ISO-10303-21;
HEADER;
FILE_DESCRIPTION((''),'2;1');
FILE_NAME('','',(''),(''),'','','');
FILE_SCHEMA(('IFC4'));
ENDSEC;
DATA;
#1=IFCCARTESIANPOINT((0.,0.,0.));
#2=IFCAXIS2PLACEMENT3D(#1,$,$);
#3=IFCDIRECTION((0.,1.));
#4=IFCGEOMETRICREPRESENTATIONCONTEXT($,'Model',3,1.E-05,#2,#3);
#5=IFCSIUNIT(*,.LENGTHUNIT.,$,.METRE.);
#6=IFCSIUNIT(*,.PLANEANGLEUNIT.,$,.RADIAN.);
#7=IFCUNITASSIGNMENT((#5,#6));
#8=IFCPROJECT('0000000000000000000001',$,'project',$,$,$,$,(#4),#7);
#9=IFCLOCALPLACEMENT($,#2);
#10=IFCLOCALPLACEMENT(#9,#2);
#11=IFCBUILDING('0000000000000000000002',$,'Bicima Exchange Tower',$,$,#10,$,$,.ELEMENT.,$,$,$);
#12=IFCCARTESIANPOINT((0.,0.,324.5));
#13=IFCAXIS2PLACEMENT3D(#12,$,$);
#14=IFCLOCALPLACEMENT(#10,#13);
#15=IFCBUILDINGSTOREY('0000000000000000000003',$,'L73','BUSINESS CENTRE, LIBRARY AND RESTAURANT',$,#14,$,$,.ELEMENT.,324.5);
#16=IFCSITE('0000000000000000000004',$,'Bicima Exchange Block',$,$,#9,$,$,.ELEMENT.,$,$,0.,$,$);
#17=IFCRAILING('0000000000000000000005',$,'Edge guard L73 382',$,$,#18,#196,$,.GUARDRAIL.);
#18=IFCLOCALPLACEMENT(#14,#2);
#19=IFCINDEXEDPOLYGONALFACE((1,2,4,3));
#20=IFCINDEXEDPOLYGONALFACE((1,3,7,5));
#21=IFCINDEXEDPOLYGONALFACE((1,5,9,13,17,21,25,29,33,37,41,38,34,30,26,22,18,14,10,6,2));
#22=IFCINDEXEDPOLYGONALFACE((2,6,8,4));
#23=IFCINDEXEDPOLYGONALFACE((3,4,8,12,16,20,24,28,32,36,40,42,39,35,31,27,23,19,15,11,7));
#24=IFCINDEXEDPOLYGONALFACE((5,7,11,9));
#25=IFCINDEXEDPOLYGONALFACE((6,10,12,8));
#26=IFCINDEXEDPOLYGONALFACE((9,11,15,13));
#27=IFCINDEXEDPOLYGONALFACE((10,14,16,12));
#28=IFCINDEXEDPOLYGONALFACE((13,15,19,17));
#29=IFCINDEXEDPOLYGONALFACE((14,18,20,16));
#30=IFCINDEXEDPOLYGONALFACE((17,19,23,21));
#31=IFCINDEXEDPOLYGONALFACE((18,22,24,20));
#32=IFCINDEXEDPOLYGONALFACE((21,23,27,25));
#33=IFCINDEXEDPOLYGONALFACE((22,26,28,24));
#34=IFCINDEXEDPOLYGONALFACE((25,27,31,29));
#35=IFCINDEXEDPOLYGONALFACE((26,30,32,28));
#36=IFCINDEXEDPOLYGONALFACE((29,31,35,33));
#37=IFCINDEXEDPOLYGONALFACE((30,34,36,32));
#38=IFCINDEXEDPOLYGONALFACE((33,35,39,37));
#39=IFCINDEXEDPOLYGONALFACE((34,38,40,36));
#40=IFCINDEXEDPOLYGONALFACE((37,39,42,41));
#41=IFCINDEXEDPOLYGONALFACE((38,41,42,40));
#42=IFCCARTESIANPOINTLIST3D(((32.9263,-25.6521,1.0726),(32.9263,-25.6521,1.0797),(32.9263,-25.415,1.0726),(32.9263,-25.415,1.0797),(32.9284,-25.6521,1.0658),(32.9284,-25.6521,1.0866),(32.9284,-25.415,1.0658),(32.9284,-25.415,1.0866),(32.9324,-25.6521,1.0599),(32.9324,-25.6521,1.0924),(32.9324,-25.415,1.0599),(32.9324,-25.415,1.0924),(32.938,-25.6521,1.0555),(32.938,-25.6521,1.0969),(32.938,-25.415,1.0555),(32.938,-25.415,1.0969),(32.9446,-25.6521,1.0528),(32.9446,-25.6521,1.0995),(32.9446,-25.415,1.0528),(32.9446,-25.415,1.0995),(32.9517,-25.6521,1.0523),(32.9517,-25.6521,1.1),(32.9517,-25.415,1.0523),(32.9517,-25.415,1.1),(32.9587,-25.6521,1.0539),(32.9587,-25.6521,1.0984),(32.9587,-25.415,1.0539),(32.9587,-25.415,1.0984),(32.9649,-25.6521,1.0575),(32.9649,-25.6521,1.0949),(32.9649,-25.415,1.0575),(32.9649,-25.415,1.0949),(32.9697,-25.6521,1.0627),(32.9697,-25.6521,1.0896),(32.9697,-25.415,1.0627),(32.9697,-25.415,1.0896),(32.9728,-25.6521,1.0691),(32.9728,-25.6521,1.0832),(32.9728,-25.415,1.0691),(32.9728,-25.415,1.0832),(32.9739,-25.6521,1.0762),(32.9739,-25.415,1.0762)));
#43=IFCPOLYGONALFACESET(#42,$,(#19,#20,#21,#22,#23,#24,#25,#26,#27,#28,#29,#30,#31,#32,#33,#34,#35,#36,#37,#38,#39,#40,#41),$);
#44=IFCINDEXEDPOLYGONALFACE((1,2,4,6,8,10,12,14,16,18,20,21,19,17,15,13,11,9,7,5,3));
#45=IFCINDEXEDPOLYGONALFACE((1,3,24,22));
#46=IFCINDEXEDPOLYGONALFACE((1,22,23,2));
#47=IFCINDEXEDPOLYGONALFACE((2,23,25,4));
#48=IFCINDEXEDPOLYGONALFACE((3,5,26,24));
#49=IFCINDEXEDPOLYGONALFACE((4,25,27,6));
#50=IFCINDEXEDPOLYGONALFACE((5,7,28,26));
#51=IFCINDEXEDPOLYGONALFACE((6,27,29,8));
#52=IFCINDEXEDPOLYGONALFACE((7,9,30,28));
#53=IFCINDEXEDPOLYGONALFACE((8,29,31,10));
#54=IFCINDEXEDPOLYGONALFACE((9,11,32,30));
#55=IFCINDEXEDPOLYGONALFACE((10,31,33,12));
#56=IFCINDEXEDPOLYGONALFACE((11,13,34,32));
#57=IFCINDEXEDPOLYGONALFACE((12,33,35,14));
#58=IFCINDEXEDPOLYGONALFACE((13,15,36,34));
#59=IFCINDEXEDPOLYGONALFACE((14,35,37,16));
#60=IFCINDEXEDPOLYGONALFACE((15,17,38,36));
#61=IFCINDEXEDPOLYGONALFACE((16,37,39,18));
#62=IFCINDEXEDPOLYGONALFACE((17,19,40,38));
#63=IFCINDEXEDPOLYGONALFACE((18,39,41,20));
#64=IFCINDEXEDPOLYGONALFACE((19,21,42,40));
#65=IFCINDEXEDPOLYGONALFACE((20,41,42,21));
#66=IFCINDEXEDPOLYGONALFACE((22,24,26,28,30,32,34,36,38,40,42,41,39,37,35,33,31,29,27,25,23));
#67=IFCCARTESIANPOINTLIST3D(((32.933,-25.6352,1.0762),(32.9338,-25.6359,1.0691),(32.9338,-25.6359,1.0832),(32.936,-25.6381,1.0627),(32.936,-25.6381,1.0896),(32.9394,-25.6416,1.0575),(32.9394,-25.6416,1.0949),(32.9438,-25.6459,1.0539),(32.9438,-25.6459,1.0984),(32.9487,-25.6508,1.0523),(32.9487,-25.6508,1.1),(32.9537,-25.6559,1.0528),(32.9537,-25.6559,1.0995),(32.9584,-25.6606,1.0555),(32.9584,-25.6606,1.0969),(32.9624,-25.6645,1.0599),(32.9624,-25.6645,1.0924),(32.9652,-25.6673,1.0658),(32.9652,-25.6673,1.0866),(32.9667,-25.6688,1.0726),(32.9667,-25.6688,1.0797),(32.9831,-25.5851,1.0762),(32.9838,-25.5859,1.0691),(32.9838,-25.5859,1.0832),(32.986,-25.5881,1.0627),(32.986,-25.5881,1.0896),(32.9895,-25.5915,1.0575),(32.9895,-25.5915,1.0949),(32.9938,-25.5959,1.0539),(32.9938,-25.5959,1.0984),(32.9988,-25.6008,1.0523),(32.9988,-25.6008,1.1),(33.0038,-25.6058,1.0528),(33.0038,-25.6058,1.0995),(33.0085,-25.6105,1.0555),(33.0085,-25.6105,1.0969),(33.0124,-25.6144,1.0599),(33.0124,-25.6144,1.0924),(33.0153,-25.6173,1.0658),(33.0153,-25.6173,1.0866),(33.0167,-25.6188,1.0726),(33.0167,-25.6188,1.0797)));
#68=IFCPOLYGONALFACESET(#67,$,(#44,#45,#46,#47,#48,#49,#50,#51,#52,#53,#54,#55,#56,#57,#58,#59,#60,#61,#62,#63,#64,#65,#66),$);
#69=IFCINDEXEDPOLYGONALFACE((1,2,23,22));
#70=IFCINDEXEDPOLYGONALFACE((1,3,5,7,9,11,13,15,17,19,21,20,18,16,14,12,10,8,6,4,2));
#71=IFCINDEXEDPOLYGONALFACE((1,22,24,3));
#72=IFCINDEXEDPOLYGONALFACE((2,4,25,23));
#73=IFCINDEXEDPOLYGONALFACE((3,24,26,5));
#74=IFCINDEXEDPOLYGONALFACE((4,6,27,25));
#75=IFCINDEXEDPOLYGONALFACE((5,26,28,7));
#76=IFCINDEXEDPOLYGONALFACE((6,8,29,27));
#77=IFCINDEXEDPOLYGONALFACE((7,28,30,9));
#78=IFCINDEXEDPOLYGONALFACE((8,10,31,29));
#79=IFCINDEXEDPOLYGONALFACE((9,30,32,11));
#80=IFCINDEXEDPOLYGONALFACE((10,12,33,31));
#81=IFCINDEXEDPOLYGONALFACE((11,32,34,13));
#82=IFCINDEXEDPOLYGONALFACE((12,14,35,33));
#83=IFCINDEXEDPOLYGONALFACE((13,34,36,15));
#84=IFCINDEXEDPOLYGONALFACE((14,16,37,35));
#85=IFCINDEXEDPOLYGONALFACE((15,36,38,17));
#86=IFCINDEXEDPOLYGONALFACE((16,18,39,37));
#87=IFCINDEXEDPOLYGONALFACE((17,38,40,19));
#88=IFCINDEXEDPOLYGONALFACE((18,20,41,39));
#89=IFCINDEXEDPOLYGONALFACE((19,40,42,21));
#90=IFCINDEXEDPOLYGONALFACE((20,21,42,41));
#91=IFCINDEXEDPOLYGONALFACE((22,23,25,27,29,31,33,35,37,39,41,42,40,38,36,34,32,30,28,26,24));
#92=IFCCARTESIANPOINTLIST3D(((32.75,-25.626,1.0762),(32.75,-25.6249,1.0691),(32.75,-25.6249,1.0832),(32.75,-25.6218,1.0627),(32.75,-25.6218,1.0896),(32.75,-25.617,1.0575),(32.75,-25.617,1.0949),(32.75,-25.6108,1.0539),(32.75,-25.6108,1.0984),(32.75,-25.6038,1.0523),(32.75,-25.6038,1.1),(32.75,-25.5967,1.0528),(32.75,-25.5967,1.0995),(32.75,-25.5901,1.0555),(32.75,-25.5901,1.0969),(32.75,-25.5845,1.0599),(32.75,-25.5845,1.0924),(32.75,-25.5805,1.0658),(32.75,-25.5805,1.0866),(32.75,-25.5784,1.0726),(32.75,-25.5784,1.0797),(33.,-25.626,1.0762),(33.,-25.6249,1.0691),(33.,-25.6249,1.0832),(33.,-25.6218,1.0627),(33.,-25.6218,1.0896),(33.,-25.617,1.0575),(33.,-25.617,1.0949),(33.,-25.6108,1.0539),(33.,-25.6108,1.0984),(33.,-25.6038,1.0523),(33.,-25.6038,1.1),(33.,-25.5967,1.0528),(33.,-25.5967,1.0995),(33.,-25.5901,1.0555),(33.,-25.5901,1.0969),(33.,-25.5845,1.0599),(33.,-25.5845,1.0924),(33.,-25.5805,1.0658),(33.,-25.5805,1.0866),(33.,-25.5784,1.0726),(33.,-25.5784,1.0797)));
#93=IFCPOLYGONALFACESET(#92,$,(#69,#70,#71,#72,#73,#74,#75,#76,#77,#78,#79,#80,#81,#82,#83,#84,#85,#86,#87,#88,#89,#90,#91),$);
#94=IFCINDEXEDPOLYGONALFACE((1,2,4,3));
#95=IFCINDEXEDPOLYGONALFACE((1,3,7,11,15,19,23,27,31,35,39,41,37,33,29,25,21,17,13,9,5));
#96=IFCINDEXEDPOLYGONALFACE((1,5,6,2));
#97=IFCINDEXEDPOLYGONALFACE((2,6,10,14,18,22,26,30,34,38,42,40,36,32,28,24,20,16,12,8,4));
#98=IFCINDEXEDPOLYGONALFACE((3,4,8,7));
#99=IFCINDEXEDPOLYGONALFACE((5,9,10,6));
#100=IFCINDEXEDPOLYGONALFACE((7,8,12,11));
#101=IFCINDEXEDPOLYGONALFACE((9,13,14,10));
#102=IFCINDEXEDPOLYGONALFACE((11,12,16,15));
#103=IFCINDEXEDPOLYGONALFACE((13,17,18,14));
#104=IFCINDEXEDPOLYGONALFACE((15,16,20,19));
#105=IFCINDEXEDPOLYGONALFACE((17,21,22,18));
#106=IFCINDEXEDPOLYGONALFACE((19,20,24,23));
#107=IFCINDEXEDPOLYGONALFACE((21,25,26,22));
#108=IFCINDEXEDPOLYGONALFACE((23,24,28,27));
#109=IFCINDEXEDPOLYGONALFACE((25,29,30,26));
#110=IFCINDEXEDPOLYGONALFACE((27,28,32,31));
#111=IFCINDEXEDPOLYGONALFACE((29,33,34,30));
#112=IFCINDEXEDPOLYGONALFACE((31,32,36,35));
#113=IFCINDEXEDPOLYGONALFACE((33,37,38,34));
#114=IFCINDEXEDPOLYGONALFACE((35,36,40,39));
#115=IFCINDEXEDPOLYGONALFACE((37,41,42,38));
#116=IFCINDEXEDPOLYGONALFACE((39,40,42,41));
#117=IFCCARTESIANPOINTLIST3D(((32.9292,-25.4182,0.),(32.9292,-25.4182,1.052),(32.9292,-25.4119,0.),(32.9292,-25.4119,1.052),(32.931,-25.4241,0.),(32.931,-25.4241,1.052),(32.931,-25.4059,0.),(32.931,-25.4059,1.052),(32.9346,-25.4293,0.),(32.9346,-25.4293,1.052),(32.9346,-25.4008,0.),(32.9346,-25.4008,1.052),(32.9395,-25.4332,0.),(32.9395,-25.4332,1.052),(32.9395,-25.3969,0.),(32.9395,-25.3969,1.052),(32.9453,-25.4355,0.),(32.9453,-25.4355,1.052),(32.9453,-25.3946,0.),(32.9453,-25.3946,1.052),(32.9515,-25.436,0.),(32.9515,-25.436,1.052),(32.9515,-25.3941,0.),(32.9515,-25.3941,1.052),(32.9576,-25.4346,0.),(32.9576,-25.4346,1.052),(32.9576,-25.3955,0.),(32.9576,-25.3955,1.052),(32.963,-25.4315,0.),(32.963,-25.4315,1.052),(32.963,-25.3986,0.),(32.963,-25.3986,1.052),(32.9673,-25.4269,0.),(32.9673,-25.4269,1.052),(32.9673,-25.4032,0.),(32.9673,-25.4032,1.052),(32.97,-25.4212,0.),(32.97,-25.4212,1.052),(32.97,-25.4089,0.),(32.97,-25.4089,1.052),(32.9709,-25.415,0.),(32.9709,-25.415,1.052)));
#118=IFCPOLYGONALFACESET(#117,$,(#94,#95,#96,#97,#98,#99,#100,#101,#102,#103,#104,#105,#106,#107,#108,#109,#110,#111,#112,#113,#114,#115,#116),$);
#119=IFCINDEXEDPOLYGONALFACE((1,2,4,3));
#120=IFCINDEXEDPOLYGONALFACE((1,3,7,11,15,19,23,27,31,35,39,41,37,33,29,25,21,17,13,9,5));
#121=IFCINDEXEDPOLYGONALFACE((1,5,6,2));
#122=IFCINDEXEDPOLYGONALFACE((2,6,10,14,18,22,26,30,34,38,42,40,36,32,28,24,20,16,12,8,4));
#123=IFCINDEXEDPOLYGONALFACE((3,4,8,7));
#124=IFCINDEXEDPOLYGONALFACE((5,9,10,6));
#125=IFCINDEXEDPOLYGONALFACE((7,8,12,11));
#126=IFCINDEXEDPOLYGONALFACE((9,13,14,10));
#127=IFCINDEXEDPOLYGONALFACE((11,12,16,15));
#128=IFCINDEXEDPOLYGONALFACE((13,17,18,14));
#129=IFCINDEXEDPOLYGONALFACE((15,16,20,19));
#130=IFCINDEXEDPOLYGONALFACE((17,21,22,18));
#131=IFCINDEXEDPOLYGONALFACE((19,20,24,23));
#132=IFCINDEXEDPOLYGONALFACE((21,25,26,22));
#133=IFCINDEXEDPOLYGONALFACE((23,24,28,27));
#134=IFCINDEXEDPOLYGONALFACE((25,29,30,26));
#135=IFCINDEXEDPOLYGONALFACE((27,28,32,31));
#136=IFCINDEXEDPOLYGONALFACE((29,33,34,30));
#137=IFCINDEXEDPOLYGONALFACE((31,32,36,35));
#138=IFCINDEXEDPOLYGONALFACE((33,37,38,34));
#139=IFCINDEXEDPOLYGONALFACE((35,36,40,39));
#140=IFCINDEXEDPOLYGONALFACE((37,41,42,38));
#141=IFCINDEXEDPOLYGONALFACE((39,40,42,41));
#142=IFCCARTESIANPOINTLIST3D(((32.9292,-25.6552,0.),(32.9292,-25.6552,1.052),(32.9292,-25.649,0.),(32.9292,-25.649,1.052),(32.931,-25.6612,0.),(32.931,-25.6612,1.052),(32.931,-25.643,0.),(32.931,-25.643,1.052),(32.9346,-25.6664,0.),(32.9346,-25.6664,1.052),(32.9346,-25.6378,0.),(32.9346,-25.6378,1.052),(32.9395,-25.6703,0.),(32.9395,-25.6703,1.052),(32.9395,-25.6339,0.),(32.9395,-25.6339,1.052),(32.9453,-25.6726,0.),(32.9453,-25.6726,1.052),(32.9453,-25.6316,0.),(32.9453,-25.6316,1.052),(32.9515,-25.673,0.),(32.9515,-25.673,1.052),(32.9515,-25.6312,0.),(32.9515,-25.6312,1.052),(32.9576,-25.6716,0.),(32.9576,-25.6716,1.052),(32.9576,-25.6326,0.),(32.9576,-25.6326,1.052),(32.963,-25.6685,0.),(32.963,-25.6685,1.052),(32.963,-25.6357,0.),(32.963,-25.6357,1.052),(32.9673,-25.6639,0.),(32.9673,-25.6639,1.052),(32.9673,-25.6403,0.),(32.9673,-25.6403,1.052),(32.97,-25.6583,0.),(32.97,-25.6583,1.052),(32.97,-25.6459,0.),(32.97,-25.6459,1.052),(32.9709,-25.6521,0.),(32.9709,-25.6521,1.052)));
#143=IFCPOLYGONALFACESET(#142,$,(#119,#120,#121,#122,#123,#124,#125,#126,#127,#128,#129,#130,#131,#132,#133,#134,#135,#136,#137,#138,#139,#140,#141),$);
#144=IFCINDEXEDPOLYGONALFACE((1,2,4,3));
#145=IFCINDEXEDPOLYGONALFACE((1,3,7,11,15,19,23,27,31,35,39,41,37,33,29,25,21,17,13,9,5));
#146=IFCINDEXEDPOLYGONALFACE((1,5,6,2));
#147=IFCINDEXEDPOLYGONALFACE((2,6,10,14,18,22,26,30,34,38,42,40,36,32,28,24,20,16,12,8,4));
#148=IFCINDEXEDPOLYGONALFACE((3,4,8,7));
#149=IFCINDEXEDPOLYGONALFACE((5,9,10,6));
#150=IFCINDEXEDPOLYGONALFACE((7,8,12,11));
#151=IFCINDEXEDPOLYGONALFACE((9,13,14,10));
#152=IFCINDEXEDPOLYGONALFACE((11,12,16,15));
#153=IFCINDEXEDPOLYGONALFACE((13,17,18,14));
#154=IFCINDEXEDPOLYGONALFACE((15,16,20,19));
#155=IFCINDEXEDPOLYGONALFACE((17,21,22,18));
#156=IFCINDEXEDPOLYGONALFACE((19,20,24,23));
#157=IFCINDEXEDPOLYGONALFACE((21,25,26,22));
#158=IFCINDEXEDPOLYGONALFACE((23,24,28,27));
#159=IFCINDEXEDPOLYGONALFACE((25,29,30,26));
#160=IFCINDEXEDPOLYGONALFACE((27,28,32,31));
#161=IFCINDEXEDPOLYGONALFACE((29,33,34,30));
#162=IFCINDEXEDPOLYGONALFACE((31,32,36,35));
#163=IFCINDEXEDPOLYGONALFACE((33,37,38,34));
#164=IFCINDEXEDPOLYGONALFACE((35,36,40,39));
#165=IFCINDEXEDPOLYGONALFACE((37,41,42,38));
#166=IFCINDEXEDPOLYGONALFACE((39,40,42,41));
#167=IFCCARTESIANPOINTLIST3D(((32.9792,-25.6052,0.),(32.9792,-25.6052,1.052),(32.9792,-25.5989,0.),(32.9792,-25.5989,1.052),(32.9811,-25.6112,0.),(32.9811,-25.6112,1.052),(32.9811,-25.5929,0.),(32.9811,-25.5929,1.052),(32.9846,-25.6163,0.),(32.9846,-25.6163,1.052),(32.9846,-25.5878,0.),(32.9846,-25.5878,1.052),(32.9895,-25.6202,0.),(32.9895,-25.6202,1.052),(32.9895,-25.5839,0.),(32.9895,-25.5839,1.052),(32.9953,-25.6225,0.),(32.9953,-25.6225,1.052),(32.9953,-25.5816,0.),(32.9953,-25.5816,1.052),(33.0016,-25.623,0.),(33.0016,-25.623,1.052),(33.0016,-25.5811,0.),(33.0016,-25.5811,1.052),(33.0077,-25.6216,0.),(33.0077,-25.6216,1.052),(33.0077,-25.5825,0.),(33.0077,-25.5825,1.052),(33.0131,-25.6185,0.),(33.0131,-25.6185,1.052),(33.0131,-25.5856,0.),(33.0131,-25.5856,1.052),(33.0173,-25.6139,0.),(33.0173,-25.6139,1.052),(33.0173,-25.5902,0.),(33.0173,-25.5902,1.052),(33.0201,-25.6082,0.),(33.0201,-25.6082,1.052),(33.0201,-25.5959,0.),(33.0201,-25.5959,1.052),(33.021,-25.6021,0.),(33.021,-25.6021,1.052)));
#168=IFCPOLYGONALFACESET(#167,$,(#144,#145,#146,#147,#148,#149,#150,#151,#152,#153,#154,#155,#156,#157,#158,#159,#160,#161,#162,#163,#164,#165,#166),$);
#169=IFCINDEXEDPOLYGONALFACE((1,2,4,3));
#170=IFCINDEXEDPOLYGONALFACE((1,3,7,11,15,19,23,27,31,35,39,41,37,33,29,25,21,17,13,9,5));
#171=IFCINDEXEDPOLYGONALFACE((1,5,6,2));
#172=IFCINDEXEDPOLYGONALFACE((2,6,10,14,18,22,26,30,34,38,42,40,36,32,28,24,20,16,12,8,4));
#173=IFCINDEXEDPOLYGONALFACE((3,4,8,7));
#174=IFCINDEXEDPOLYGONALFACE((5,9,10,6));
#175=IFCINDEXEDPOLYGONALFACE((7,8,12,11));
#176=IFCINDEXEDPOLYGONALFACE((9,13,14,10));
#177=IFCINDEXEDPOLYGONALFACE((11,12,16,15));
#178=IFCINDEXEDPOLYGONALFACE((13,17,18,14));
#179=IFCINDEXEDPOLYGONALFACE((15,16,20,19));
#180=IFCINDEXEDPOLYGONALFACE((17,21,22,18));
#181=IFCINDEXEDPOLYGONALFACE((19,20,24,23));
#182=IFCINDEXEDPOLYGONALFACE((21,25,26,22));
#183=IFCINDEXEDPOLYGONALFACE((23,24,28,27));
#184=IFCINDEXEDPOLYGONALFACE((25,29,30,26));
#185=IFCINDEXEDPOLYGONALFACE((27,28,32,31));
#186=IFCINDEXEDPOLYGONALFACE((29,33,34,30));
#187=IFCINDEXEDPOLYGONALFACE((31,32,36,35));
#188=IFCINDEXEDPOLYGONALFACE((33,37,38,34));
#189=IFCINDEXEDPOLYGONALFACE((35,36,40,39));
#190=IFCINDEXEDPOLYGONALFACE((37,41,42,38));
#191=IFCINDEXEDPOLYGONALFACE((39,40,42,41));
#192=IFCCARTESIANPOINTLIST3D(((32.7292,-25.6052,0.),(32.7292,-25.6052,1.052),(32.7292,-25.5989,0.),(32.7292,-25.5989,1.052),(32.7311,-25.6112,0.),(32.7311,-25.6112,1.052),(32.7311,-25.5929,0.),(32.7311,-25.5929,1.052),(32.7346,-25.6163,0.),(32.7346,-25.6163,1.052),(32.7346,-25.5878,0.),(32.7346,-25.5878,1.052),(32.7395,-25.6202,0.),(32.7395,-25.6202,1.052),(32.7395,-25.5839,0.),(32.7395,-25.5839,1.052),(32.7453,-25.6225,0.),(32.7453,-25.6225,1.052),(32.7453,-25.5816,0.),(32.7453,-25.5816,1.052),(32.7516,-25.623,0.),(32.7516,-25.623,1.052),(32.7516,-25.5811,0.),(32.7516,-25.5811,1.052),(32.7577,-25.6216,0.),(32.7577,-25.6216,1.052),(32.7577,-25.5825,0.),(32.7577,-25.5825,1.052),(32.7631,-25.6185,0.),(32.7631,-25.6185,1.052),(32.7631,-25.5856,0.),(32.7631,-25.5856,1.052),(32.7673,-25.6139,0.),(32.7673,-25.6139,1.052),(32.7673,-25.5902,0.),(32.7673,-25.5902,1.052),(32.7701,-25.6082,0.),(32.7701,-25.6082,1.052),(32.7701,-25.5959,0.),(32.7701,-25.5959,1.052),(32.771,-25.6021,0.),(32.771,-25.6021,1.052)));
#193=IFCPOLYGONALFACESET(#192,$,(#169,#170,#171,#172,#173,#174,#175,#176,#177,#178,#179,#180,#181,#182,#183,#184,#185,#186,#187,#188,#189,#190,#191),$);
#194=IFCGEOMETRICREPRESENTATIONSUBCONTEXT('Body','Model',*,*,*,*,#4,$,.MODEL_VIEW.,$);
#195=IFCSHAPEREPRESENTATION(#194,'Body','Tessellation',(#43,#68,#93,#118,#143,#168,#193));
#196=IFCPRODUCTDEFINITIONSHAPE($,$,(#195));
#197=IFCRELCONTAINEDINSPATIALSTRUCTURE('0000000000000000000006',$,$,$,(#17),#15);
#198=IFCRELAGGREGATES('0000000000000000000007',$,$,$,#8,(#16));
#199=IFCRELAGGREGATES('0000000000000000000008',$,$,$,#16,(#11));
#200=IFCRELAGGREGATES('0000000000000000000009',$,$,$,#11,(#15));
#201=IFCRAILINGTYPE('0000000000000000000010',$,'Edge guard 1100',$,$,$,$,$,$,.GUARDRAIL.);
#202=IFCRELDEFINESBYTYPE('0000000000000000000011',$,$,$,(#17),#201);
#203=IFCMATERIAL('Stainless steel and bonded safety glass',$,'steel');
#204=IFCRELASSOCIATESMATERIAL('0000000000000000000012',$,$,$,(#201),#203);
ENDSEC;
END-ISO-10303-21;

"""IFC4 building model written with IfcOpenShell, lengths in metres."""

from ifc_helpers import new_model, si_unit, direction, frame, origin, origin_2d, place, context, subcontext, project, spatial, circle, extrude, material, type_object, element, save


model = new_model("IFC4")

# Units and contexts
model_context = context("Model", 3, precision=1e-05, world=origin(), true_north=direction((0.0, 1.0)))
body_context = subcontext(model_context, "Body", "Model", "MODEL_VIEW")
ifc_project = project(units=[si_unit("LENGTHUNIT", "METRE"), si_unit("PLANEANGLEUNIT", "RADIAN")], contexts=[model_context])

# Site, building, storey
site_placement = place(None, origin())
site = spatial("IfcSite", under=ifc_project, at=site_placement, Name="Bicima Exchange Block", CompositionType="ELEMENT", RefElevation=0.0)
building_placement = place(site_placement, origin())
building = spatial("IfcBuilding", under=site, at=building_placement, Name="Bicima Exchange Tower", CompositionType="ELEMENT")
storey_placement = place(building_placement, frame((0.0, 0.0, 324.5)))
storey = spatial("IfcBuildingStorey", under=building, at=storey_placement, Name="L73", Description="BUSINESS CENTRE, LIBRARY AND RESTAURANT", CompositionType="ELEMENT", Elevation=324.5)

# Railing
ifc_material_1 = material(Name="Stainless steel and bonded safety glass", Category="steel")
railing_type = type_object("IfcRailingType", Name="Edge guard 1100", PredefinedType="GUARDRAIL", material=ifc_material_1)
railing_1_placement = place(storey_placement, frame((32.95, -25.415, 0.0)))
element("IfcRailing", 1, at=railing_1_placement, inside=storey, type_object=railing_type, Name="Edge guard L73 382", PredefinedType="GUARDRAIL", context=body_context, shape_type="SweptSolid", body=[
    extrude(circle(Radius=0.0239, at=origin_2d()), frame((0.0, 0.0, 1.0762), z_axis=(0.0, -1.0, 0.0), x_axis=(1.0, 0.0, 0.0)), (0.0, 0.0, 1.0), 0.2371),
    extrude(circle(Radius=0.0239, at=origin_2d()), frame((0.0, -0.2371, 1.0762), z_axis=(0.707107, 0.707107, 0.0), x_axis=(-0.707107, 0.707107, 0.0)), (0.0, 0.0, 1.0), 0.0708),
    extrude(circle(Radius=0.0239, at=origin_2d()), frame((0.05, -0.187, 1.0762), z_axis=(-1.0, 0.0, 0.0), x_axis=(0.0, -1.0, 0.0)), (0.0, 0.0, 1.0), 0.25),
    extrude(circle(Radius=0.021, at=origin_2d()), origin(), (0.0, 0.0, 1.0), 1.052),
    extrude(circle(Radius=0.021, at=origin_2d()), frame((0.0, -0.2371, 0.0)), (0.0, 0.0, 1.0), 1.052),
    extrude(circle(Radius=0.021, at=origin_2d()), frame((0.05, -0.187, 0.0)), (0.0, 0.0, 1.0), 1.052),
    extrude(circle(Radius=0.021, at=origin_2d()), frame((-0.2, -0.187, 0.0)), (0.0, 0.0, 1.0), 1.052),
])

save(model, "model.ifc")
